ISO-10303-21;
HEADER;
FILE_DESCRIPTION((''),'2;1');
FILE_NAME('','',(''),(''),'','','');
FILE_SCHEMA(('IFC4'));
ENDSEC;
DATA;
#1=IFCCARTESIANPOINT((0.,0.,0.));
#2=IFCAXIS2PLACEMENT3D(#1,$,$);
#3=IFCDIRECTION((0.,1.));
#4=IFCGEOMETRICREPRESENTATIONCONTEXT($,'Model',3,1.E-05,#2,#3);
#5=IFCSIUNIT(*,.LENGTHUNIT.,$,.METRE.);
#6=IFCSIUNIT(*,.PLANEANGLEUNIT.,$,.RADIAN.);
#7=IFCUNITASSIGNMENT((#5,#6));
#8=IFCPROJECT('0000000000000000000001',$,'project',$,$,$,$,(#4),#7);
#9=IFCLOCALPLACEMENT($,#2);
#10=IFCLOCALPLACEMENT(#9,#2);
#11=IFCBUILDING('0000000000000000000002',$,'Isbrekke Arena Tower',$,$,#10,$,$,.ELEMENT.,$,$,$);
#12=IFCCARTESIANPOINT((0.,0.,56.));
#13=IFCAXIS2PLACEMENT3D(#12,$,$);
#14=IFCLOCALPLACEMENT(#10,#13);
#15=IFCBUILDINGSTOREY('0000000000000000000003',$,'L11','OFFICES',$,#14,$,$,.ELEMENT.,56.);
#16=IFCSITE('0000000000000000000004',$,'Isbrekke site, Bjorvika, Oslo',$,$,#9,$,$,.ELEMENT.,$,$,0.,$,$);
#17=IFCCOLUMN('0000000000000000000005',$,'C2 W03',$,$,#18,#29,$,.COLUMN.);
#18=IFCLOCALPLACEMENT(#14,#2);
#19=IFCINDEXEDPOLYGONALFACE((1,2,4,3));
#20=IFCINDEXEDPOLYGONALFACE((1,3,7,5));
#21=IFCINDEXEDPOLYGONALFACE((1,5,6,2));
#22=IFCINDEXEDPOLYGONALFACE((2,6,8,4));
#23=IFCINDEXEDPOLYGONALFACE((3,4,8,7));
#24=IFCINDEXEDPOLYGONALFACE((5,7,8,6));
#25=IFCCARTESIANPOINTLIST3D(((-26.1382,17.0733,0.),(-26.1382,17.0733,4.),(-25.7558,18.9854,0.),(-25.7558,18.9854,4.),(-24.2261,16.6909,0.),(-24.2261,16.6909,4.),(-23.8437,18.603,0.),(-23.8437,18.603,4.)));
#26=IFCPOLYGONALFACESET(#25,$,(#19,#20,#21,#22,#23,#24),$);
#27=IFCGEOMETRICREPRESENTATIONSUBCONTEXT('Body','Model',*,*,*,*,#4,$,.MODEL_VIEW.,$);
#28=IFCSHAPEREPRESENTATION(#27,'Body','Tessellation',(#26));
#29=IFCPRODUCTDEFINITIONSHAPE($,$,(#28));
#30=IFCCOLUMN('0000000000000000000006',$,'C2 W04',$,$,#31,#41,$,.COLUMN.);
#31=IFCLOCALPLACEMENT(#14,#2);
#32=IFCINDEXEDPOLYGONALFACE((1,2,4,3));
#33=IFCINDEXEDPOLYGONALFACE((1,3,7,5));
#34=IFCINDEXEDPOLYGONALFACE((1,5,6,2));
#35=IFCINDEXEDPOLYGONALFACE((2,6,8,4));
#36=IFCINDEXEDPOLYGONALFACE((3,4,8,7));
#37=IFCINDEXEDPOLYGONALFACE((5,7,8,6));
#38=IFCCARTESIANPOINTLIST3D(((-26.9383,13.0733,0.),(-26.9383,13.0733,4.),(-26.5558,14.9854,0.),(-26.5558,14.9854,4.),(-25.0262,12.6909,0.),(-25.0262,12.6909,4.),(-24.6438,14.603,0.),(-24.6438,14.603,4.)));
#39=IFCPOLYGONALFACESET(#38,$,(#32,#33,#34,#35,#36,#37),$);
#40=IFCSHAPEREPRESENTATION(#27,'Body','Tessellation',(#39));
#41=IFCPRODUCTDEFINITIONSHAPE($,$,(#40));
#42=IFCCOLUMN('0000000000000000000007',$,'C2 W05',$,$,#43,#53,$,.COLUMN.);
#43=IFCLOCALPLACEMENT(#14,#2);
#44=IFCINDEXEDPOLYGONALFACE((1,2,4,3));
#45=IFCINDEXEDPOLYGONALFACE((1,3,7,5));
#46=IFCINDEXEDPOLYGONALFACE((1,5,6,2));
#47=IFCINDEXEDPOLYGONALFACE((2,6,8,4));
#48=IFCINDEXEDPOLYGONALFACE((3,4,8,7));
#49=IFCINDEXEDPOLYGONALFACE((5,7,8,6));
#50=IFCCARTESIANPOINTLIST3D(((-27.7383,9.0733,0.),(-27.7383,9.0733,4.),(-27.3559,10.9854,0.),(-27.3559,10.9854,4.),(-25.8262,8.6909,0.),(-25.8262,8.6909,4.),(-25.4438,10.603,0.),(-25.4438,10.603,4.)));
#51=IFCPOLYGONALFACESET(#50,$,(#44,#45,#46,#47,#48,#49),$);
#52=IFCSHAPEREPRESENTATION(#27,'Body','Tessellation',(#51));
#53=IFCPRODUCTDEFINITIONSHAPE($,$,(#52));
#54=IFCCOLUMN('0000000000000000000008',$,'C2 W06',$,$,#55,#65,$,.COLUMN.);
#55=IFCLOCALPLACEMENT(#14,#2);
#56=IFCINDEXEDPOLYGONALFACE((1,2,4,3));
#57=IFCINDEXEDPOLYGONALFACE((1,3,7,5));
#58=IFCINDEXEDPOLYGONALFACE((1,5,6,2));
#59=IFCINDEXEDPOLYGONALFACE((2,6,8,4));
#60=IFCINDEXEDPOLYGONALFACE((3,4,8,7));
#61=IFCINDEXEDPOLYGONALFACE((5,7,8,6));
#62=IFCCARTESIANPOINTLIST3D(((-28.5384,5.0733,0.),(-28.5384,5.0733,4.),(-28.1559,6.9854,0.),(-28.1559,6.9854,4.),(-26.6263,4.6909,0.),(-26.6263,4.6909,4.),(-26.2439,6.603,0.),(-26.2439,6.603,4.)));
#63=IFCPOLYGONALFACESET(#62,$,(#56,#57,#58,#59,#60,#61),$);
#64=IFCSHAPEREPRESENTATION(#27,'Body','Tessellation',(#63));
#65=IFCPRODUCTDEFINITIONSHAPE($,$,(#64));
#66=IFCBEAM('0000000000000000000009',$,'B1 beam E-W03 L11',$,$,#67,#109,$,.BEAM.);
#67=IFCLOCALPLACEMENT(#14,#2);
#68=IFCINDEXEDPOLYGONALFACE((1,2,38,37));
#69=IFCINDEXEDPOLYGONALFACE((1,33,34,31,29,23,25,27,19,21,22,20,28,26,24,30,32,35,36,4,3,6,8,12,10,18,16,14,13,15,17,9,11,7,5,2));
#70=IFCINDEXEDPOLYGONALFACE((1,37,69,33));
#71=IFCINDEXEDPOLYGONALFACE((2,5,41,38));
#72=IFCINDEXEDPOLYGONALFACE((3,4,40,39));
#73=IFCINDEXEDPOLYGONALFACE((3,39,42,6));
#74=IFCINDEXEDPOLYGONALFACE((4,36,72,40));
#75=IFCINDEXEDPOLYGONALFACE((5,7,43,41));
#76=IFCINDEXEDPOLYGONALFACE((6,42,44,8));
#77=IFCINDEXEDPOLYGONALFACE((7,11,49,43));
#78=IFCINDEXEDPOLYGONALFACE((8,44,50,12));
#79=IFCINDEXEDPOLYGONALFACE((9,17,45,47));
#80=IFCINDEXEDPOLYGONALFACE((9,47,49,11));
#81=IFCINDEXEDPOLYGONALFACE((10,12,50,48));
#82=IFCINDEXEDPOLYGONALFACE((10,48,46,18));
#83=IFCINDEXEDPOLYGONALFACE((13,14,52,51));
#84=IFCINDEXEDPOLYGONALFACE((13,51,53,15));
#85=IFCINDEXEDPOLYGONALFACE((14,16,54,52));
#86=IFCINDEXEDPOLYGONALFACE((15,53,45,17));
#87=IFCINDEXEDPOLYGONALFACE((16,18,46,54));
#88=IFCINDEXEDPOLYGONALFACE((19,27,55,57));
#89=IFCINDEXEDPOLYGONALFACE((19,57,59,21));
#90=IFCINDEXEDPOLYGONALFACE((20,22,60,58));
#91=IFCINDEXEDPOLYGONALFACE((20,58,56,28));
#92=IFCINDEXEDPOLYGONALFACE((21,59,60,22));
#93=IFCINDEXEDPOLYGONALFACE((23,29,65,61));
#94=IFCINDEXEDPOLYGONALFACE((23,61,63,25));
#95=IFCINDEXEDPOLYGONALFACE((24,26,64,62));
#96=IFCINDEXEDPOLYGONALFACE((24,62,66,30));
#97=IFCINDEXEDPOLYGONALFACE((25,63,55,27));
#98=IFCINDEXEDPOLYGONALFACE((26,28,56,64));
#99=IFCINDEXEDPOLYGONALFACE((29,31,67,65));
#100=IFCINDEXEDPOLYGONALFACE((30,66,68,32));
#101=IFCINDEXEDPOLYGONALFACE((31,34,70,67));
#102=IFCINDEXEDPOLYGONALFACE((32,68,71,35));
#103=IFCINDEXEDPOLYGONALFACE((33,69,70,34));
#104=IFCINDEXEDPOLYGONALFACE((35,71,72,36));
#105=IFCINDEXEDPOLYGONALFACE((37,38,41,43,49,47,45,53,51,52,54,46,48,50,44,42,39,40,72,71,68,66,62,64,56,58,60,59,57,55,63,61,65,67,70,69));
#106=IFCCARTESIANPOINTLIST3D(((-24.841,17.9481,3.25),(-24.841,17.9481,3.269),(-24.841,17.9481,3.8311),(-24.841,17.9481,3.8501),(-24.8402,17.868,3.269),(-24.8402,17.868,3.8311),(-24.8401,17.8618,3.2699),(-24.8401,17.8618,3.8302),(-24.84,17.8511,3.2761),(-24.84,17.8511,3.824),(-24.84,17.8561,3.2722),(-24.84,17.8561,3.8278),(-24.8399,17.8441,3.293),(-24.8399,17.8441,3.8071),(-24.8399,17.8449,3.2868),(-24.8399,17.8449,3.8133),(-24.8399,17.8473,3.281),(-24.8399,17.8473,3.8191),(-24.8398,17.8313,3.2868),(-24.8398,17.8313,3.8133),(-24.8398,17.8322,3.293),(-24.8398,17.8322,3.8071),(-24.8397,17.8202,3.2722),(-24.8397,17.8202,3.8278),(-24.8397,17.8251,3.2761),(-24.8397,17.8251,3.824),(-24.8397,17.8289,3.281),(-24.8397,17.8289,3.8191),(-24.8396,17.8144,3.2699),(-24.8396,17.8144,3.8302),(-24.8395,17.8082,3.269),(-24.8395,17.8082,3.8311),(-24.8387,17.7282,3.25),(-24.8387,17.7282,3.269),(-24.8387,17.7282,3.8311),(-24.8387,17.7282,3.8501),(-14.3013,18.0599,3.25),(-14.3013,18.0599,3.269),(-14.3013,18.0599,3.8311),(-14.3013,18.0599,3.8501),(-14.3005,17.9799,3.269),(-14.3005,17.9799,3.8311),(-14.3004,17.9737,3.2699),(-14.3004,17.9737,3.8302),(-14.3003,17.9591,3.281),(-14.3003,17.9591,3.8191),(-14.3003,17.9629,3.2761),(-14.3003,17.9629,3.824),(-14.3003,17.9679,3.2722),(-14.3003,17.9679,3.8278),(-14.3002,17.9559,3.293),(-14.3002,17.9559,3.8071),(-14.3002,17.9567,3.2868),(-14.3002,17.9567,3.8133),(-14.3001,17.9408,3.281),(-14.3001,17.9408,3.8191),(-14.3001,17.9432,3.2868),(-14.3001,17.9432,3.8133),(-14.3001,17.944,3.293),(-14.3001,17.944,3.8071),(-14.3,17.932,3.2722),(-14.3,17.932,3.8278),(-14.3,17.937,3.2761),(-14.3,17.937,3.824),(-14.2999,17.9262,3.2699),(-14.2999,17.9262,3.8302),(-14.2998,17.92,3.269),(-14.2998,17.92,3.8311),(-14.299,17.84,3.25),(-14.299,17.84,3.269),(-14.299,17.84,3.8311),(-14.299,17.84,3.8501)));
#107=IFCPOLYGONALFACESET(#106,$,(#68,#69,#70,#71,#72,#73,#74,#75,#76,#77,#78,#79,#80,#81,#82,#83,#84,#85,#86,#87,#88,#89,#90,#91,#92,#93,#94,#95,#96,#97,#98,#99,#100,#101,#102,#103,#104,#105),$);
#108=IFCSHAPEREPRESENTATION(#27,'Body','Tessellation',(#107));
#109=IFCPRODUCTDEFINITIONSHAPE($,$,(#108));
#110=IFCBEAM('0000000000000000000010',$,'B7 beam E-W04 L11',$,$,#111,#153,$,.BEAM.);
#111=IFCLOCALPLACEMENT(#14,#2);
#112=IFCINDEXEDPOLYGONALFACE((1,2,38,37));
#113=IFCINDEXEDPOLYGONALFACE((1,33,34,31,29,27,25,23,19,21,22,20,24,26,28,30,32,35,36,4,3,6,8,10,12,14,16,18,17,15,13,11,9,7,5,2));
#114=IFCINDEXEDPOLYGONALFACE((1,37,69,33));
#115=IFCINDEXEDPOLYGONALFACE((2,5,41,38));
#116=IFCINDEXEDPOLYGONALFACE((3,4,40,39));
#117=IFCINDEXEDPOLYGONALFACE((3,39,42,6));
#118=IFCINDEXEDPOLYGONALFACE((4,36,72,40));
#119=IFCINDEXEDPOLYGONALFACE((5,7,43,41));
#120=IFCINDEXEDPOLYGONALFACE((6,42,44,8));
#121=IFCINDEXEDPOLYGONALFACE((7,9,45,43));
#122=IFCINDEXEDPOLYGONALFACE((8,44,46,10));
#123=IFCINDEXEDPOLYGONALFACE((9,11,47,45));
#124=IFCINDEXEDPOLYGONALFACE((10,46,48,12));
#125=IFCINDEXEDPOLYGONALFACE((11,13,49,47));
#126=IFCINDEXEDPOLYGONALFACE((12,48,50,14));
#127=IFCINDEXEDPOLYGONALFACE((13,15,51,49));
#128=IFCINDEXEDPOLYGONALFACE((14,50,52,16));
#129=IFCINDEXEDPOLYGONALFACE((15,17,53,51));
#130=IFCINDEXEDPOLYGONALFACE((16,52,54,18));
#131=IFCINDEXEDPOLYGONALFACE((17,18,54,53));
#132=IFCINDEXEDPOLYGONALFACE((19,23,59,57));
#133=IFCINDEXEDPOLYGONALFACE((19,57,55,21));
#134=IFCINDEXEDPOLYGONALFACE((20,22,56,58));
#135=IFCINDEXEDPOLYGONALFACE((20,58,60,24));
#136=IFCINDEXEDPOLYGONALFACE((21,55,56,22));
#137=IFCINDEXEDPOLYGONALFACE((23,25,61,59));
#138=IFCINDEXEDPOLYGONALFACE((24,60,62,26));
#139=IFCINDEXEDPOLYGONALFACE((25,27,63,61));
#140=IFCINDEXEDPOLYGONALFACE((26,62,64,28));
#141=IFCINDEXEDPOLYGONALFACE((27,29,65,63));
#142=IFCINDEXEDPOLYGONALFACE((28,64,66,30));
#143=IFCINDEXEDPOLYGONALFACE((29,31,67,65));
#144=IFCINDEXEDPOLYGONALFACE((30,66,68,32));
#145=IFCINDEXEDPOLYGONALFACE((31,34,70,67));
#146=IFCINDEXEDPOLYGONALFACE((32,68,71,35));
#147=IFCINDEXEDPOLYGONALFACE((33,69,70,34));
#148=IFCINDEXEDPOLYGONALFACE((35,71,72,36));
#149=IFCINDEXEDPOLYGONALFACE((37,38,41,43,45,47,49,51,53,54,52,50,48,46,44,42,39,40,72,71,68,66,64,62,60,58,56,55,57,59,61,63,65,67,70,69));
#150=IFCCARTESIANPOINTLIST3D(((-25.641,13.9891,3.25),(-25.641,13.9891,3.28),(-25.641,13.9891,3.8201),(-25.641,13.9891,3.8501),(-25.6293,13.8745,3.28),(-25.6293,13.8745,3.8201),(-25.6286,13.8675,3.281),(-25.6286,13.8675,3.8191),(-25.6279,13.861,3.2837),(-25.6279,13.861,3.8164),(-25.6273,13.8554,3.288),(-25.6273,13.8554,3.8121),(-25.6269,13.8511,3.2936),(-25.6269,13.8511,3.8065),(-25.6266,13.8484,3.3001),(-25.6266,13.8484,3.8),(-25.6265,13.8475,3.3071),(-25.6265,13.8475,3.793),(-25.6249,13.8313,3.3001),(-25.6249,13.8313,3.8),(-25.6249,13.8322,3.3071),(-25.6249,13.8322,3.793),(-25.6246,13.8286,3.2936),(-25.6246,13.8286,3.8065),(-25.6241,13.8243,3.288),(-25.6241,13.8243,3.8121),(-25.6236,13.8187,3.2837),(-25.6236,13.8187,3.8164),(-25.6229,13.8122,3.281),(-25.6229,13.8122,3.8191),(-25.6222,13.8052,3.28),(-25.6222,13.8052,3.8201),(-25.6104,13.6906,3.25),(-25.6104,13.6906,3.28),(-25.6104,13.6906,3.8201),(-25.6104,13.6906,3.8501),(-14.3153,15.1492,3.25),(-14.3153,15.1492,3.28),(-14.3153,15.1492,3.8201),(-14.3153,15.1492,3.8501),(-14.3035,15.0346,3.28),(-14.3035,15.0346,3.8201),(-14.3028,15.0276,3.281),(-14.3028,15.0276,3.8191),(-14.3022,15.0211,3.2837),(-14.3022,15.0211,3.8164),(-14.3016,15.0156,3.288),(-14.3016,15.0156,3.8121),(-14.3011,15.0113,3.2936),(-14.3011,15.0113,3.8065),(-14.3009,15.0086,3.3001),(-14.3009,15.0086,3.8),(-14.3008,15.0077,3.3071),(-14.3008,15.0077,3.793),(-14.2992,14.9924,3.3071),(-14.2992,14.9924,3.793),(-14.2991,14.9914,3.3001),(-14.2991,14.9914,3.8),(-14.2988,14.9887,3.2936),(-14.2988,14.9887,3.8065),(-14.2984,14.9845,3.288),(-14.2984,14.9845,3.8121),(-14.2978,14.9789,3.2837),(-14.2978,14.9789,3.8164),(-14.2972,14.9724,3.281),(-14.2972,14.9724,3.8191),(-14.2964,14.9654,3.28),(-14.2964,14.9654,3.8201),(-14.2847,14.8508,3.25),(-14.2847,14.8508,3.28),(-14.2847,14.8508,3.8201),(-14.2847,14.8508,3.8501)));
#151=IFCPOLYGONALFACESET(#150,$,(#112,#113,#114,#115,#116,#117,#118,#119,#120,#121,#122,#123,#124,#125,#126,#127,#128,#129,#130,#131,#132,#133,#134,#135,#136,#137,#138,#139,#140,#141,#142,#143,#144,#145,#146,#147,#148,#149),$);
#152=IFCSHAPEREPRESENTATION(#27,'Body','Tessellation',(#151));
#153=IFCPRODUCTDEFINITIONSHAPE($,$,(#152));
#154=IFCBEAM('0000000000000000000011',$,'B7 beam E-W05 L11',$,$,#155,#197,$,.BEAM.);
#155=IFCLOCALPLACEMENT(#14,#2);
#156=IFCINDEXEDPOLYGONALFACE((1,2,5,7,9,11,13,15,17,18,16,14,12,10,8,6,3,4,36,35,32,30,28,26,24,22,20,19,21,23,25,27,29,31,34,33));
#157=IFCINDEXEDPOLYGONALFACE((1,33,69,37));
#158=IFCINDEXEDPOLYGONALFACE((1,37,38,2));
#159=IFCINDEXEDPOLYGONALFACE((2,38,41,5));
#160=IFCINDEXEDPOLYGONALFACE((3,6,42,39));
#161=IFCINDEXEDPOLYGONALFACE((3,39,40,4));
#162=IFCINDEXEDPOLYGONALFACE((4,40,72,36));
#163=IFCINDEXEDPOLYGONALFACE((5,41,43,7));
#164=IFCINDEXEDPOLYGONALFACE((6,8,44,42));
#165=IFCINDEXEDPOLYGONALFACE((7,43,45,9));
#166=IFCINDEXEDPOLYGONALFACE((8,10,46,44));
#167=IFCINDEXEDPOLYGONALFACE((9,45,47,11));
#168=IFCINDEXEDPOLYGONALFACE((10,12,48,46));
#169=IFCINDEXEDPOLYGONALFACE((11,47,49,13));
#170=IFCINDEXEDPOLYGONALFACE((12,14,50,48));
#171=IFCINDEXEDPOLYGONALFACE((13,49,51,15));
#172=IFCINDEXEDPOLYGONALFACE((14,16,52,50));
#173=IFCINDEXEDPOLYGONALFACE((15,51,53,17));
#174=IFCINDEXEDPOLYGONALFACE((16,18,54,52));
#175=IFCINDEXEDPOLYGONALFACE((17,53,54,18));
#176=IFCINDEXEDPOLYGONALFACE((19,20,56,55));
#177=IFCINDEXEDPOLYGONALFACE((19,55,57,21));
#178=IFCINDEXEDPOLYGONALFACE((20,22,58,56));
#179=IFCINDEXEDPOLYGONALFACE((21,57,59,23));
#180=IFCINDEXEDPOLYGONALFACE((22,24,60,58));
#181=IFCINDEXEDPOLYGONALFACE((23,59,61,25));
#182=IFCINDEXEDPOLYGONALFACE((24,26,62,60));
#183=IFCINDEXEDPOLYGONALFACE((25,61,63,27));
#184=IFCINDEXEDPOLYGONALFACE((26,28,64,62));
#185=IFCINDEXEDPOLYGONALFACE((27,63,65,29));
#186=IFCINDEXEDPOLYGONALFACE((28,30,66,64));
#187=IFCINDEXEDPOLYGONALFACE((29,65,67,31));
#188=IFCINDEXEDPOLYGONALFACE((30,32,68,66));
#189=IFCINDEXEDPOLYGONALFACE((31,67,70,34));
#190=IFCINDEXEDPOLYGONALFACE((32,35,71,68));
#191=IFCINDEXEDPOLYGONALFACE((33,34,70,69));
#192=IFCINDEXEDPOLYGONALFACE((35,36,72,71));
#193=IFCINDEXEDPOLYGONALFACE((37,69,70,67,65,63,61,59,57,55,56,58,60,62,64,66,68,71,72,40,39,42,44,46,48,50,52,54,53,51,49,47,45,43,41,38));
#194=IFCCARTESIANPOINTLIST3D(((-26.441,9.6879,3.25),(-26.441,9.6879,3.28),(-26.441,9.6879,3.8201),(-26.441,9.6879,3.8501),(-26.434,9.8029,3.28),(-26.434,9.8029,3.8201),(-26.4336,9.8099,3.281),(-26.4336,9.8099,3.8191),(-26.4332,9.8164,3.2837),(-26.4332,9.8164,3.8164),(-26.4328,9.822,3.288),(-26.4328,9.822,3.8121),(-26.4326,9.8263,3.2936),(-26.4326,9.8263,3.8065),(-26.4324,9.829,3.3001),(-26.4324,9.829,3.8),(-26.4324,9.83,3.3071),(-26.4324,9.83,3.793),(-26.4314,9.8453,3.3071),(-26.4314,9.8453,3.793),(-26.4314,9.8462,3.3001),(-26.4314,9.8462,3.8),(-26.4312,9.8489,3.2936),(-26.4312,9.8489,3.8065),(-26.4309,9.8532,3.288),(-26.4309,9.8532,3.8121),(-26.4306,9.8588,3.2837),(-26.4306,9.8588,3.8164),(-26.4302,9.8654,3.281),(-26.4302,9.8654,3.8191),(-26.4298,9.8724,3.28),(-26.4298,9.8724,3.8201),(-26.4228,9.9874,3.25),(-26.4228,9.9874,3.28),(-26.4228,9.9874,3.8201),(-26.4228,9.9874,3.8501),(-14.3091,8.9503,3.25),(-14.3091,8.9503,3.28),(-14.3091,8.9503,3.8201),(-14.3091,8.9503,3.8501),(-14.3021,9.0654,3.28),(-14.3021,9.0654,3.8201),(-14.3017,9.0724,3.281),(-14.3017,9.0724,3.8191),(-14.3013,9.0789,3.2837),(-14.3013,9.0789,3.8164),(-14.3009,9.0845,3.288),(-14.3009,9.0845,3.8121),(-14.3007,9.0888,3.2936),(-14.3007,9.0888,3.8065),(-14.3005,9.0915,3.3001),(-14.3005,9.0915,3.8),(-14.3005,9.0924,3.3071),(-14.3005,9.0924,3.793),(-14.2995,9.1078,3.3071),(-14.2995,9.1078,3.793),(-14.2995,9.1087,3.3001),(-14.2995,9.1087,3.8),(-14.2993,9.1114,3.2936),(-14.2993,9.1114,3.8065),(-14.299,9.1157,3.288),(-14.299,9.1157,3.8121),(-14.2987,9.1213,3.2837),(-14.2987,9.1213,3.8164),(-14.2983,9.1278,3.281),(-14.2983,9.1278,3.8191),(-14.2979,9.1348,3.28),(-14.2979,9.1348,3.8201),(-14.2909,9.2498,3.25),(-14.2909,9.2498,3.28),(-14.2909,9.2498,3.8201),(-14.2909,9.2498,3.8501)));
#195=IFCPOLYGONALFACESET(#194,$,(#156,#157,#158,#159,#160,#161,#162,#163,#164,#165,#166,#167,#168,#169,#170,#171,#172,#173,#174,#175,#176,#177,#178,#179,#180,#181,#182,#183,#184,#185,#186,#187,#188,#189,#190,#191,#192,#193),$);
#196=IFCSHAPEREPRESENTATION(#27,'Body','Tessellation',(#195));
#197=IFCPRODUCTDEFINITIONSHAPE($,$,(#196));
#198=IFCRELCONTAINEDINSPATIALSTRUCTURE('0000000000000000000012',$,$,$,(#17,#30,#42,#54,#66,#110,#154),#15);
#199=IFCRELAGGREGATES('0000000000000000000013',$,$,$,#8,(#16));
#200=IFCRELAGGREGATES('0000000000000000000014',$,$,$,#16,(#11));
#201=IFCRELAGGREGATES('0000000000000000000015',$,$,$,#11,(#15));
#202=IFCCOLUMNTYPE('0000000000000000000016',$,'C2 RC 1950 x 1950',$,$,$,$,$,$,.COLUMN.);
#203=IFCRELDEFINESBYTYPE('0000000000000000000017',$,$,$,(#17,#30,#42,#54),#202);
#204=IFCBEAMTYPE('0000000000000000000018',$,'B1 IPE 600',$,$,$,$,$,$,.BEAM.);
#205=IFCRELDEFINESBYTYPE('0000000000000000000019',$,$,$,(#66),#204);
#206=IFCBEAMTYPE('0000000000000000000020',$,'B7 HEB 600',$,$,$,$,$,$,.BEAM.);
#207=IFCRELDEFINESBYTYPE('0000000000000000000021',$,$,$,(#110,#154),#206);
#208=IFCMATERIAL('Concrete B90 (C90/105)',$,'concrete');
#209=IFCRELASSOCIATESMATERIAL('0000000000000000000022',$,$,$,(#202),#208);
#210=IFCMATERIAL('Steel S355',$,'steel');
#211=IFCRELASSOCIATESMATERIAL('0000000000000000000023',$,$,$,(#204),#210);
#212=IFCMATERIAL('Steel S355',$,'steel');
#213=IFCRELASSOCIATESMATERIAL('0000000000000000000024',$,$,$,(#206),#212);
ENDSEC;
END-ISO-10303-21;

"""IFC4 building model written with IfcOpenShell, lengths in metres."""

from ifc_helpers import new_model, si_unit, direction, frame, origin, origin_2d, place, context, subcontext, project, spatial, rectangle, i_section, extrude, material, material_profile, profile_set, type_object, element, save


model = new_model("IFC4")

# Units and contexts
model_context = context("Model", 3, precision=1e-05, world=origin(), true_north=direction((0.0, 1.0)))
body_context = subcontext(model_context, "Body", "Model", "MODEL_VIEW")
ifc_project = project(units=[si_unit("LENGTHUNIT", "METRE"), si_unit("PLANEANGLEUNIT", "RADIAN")], contexts=[model_context])

# Site, building, storey
site_placement = place(None, origin())
site = spatial("IfcSite", under=ifc_project, at=site_placement, Name="Isbrekke site, Bjorvika, Oslo", CompositionType="ELEMENT", RefElevation=0.0)
building_placement = place(site_placement, origin())
building = spatial("IfcBuilding", under=site, at=building_placement, Name="Isbrekke Arena Tower", CompositionType="ELEMENT")
storey_placement = place(building_placement, frame((0.0, 0.0, 56.0)))
storey = spatial("IfcBuildingStorey", under=building, at=storey_placement, Name="L11", Description="OFFICES", CompositionType="ELEMENT", Elevation=56.0)

# Columns
ifc_material_1 = material(Name="Concrete B90 (C90/105)", Category="concrete")
ifc_material_profile_1 = material_profile(ifc_material_1, rectangle(XDim=1.95, YDim=1.95, at=origin_2d()), Name="RC 1950x1950")
ifc_profile_set_1 = profile_set([ifc_material_profile_1], Name="Concrete B90 (C90/105)")
column_type = type_object("IfcColumnType", Name="C2 RC 1950 x 1950", PredefinedType="COLUMN", material=ifc_profile_set_1)
for number, where, z_axis, x_axis, name in (
    (1, (-24.991, 17.8381, 0.0), (0.0, 0.0, 1.0), (-0.196116, -0.980581, 0.0), "C2 W03"),
    (2, (-25.791, 13.8381, 0.0), (0.0, 0.0, 1.0), (-0.196116, -0.980581, 0.0), "C2 W04"),
    (3, (-26.5911, 9.8381, 0.0), (0.0, 0.0, 1.0), (-0.196116, -0.980581, 0.0), "C2 W05"),
    (4, (-27.3911, 5.8381, 0.0), (0.0, 0.0, 1.0), (-0.196116, -0.980581, 0.0), "C2 W06"),
):
    element("IfcColumn", number, at=place(storey_placement, frame(where, z_axis=z_axis, x_axis=x_axis)), inside=storey, type_object=column_type, Name=name, PredefinedType="COLUMN", context=body_context, shape_type="SweptSolid", body=[
        extrude(rectangle(XDim=1.95, YDim=1.95, at=origin_2d()), origin(), (0.0, 0.0, 1.0), 4.0),
    ])

# Beams
ifc_material_2 = material(Name="Steel S355", Category="steel")
ifc_material_profile_2 = material_profile(ifc_material_2, i_section(OverallWidth=0.22, OverallDepth=0.6001, WebThickness=0.012, FlangeThickness=0.019, FilletRadius=0.0239, at=origin_2d()), Name="IPE 600")
ifc_profile_set_2 = profile_set([ifc_material_profile_2], Name="Steel S355")
beam_type_1 = type_object("IfcBeamType", Name="B1 IPE 600", PredefinedType="BEAM", material=ifc_profile_set_2)
beam_1_placement = place(storey_placement, frame((-24.8398, 17.8381, 3.55), z_axis=(0.999944, 0.010608, 0.0), x_axis=(-0.010608, 0.999944, 0.0)))
element("IfcBeam", 5, at=beam_1_placement, inside=storey, type_object=beam_type_1, Name="B1 beam E-W03 L11", PredefinedType="BEAM", context=body_context, shape_type="SweptSolid", body=[
    extrude(i_section(OverallWidth=0.22, OverallDepth=0.6001, WebThickness=0.012, FlangeThickness=0.019, FilletRadius=0.0239, at=origin_2d()), origin(), (0.0, 0.0, 1.0), 10.5403),
])
ifc_material_3 = material(Name="Steel S355", Category="steel")
ifc_material_profile_3 = material_profile(ifc_material_3, i_section(OverallWidth=0.3, OverallDepth=0.6001, WebThickness=0.0154, FlangeThickness=0.03, FilletRadius=0.0271, at=origin_2d()), Name="HEB 600")
ifc_profile_set_3 = profile_set([ifc_material_profile_3], Name="Steel S355")
beam_type_2 = type_object("IfcBeamType", Name="B7 HEB 600", PredefinedType="BEAM", material=ifc_profile_set_3)
beam_2_placement = place(storey_placement, frame((-25.6257, 13.8398, 3.55), z_axis=(0.994794, 0.101903, 0.0), x_axis=(-0.101903, 0.994794, 0.0)))
element("IfcBeam", 6, at=beam_2_placement, inside=storey, type_object=beam_type_2, Name="B7 beam E-W04 L11", PredefinedType="BEAM", context=body_context, shape_type="SweptSolid", body=[
    extrude(i_section(OverallWidth=0.3, OverallDepth=0.6001, WebThickness=0.0154, FlangeThickness=0.03, FilletRadius=0.0271, at=origin_2d()), origin(), (0.0, 0.0, 1.0), 11.385),
])
beam_3_placement = place(storey_placement, frame((-26.4319, 9.8376, 3.55), z_axis=(0.998157, -0.060682, 0.0), x_axis=(0.060682, 0.998157, 0.0)))
element("IfcBeam", 7, at=beam_3_placement, inside=storey, type_object=beam_type_2, Name="B7 beam E-W05 L11", PredefinedType="BEAM", context=body_context, shape_type="SweptSolid", body=[
    extrude(i_section(OverallWidth=0.3, OverallDepth=0.6001, WebThickness=0.0154, FlangeThickness=0.03, FilletRadius=0.0271, at=origin_2d()), origin(), (0.0, 0.0, 1.0), 12.1543),
])

save(model, "model.ifc")
